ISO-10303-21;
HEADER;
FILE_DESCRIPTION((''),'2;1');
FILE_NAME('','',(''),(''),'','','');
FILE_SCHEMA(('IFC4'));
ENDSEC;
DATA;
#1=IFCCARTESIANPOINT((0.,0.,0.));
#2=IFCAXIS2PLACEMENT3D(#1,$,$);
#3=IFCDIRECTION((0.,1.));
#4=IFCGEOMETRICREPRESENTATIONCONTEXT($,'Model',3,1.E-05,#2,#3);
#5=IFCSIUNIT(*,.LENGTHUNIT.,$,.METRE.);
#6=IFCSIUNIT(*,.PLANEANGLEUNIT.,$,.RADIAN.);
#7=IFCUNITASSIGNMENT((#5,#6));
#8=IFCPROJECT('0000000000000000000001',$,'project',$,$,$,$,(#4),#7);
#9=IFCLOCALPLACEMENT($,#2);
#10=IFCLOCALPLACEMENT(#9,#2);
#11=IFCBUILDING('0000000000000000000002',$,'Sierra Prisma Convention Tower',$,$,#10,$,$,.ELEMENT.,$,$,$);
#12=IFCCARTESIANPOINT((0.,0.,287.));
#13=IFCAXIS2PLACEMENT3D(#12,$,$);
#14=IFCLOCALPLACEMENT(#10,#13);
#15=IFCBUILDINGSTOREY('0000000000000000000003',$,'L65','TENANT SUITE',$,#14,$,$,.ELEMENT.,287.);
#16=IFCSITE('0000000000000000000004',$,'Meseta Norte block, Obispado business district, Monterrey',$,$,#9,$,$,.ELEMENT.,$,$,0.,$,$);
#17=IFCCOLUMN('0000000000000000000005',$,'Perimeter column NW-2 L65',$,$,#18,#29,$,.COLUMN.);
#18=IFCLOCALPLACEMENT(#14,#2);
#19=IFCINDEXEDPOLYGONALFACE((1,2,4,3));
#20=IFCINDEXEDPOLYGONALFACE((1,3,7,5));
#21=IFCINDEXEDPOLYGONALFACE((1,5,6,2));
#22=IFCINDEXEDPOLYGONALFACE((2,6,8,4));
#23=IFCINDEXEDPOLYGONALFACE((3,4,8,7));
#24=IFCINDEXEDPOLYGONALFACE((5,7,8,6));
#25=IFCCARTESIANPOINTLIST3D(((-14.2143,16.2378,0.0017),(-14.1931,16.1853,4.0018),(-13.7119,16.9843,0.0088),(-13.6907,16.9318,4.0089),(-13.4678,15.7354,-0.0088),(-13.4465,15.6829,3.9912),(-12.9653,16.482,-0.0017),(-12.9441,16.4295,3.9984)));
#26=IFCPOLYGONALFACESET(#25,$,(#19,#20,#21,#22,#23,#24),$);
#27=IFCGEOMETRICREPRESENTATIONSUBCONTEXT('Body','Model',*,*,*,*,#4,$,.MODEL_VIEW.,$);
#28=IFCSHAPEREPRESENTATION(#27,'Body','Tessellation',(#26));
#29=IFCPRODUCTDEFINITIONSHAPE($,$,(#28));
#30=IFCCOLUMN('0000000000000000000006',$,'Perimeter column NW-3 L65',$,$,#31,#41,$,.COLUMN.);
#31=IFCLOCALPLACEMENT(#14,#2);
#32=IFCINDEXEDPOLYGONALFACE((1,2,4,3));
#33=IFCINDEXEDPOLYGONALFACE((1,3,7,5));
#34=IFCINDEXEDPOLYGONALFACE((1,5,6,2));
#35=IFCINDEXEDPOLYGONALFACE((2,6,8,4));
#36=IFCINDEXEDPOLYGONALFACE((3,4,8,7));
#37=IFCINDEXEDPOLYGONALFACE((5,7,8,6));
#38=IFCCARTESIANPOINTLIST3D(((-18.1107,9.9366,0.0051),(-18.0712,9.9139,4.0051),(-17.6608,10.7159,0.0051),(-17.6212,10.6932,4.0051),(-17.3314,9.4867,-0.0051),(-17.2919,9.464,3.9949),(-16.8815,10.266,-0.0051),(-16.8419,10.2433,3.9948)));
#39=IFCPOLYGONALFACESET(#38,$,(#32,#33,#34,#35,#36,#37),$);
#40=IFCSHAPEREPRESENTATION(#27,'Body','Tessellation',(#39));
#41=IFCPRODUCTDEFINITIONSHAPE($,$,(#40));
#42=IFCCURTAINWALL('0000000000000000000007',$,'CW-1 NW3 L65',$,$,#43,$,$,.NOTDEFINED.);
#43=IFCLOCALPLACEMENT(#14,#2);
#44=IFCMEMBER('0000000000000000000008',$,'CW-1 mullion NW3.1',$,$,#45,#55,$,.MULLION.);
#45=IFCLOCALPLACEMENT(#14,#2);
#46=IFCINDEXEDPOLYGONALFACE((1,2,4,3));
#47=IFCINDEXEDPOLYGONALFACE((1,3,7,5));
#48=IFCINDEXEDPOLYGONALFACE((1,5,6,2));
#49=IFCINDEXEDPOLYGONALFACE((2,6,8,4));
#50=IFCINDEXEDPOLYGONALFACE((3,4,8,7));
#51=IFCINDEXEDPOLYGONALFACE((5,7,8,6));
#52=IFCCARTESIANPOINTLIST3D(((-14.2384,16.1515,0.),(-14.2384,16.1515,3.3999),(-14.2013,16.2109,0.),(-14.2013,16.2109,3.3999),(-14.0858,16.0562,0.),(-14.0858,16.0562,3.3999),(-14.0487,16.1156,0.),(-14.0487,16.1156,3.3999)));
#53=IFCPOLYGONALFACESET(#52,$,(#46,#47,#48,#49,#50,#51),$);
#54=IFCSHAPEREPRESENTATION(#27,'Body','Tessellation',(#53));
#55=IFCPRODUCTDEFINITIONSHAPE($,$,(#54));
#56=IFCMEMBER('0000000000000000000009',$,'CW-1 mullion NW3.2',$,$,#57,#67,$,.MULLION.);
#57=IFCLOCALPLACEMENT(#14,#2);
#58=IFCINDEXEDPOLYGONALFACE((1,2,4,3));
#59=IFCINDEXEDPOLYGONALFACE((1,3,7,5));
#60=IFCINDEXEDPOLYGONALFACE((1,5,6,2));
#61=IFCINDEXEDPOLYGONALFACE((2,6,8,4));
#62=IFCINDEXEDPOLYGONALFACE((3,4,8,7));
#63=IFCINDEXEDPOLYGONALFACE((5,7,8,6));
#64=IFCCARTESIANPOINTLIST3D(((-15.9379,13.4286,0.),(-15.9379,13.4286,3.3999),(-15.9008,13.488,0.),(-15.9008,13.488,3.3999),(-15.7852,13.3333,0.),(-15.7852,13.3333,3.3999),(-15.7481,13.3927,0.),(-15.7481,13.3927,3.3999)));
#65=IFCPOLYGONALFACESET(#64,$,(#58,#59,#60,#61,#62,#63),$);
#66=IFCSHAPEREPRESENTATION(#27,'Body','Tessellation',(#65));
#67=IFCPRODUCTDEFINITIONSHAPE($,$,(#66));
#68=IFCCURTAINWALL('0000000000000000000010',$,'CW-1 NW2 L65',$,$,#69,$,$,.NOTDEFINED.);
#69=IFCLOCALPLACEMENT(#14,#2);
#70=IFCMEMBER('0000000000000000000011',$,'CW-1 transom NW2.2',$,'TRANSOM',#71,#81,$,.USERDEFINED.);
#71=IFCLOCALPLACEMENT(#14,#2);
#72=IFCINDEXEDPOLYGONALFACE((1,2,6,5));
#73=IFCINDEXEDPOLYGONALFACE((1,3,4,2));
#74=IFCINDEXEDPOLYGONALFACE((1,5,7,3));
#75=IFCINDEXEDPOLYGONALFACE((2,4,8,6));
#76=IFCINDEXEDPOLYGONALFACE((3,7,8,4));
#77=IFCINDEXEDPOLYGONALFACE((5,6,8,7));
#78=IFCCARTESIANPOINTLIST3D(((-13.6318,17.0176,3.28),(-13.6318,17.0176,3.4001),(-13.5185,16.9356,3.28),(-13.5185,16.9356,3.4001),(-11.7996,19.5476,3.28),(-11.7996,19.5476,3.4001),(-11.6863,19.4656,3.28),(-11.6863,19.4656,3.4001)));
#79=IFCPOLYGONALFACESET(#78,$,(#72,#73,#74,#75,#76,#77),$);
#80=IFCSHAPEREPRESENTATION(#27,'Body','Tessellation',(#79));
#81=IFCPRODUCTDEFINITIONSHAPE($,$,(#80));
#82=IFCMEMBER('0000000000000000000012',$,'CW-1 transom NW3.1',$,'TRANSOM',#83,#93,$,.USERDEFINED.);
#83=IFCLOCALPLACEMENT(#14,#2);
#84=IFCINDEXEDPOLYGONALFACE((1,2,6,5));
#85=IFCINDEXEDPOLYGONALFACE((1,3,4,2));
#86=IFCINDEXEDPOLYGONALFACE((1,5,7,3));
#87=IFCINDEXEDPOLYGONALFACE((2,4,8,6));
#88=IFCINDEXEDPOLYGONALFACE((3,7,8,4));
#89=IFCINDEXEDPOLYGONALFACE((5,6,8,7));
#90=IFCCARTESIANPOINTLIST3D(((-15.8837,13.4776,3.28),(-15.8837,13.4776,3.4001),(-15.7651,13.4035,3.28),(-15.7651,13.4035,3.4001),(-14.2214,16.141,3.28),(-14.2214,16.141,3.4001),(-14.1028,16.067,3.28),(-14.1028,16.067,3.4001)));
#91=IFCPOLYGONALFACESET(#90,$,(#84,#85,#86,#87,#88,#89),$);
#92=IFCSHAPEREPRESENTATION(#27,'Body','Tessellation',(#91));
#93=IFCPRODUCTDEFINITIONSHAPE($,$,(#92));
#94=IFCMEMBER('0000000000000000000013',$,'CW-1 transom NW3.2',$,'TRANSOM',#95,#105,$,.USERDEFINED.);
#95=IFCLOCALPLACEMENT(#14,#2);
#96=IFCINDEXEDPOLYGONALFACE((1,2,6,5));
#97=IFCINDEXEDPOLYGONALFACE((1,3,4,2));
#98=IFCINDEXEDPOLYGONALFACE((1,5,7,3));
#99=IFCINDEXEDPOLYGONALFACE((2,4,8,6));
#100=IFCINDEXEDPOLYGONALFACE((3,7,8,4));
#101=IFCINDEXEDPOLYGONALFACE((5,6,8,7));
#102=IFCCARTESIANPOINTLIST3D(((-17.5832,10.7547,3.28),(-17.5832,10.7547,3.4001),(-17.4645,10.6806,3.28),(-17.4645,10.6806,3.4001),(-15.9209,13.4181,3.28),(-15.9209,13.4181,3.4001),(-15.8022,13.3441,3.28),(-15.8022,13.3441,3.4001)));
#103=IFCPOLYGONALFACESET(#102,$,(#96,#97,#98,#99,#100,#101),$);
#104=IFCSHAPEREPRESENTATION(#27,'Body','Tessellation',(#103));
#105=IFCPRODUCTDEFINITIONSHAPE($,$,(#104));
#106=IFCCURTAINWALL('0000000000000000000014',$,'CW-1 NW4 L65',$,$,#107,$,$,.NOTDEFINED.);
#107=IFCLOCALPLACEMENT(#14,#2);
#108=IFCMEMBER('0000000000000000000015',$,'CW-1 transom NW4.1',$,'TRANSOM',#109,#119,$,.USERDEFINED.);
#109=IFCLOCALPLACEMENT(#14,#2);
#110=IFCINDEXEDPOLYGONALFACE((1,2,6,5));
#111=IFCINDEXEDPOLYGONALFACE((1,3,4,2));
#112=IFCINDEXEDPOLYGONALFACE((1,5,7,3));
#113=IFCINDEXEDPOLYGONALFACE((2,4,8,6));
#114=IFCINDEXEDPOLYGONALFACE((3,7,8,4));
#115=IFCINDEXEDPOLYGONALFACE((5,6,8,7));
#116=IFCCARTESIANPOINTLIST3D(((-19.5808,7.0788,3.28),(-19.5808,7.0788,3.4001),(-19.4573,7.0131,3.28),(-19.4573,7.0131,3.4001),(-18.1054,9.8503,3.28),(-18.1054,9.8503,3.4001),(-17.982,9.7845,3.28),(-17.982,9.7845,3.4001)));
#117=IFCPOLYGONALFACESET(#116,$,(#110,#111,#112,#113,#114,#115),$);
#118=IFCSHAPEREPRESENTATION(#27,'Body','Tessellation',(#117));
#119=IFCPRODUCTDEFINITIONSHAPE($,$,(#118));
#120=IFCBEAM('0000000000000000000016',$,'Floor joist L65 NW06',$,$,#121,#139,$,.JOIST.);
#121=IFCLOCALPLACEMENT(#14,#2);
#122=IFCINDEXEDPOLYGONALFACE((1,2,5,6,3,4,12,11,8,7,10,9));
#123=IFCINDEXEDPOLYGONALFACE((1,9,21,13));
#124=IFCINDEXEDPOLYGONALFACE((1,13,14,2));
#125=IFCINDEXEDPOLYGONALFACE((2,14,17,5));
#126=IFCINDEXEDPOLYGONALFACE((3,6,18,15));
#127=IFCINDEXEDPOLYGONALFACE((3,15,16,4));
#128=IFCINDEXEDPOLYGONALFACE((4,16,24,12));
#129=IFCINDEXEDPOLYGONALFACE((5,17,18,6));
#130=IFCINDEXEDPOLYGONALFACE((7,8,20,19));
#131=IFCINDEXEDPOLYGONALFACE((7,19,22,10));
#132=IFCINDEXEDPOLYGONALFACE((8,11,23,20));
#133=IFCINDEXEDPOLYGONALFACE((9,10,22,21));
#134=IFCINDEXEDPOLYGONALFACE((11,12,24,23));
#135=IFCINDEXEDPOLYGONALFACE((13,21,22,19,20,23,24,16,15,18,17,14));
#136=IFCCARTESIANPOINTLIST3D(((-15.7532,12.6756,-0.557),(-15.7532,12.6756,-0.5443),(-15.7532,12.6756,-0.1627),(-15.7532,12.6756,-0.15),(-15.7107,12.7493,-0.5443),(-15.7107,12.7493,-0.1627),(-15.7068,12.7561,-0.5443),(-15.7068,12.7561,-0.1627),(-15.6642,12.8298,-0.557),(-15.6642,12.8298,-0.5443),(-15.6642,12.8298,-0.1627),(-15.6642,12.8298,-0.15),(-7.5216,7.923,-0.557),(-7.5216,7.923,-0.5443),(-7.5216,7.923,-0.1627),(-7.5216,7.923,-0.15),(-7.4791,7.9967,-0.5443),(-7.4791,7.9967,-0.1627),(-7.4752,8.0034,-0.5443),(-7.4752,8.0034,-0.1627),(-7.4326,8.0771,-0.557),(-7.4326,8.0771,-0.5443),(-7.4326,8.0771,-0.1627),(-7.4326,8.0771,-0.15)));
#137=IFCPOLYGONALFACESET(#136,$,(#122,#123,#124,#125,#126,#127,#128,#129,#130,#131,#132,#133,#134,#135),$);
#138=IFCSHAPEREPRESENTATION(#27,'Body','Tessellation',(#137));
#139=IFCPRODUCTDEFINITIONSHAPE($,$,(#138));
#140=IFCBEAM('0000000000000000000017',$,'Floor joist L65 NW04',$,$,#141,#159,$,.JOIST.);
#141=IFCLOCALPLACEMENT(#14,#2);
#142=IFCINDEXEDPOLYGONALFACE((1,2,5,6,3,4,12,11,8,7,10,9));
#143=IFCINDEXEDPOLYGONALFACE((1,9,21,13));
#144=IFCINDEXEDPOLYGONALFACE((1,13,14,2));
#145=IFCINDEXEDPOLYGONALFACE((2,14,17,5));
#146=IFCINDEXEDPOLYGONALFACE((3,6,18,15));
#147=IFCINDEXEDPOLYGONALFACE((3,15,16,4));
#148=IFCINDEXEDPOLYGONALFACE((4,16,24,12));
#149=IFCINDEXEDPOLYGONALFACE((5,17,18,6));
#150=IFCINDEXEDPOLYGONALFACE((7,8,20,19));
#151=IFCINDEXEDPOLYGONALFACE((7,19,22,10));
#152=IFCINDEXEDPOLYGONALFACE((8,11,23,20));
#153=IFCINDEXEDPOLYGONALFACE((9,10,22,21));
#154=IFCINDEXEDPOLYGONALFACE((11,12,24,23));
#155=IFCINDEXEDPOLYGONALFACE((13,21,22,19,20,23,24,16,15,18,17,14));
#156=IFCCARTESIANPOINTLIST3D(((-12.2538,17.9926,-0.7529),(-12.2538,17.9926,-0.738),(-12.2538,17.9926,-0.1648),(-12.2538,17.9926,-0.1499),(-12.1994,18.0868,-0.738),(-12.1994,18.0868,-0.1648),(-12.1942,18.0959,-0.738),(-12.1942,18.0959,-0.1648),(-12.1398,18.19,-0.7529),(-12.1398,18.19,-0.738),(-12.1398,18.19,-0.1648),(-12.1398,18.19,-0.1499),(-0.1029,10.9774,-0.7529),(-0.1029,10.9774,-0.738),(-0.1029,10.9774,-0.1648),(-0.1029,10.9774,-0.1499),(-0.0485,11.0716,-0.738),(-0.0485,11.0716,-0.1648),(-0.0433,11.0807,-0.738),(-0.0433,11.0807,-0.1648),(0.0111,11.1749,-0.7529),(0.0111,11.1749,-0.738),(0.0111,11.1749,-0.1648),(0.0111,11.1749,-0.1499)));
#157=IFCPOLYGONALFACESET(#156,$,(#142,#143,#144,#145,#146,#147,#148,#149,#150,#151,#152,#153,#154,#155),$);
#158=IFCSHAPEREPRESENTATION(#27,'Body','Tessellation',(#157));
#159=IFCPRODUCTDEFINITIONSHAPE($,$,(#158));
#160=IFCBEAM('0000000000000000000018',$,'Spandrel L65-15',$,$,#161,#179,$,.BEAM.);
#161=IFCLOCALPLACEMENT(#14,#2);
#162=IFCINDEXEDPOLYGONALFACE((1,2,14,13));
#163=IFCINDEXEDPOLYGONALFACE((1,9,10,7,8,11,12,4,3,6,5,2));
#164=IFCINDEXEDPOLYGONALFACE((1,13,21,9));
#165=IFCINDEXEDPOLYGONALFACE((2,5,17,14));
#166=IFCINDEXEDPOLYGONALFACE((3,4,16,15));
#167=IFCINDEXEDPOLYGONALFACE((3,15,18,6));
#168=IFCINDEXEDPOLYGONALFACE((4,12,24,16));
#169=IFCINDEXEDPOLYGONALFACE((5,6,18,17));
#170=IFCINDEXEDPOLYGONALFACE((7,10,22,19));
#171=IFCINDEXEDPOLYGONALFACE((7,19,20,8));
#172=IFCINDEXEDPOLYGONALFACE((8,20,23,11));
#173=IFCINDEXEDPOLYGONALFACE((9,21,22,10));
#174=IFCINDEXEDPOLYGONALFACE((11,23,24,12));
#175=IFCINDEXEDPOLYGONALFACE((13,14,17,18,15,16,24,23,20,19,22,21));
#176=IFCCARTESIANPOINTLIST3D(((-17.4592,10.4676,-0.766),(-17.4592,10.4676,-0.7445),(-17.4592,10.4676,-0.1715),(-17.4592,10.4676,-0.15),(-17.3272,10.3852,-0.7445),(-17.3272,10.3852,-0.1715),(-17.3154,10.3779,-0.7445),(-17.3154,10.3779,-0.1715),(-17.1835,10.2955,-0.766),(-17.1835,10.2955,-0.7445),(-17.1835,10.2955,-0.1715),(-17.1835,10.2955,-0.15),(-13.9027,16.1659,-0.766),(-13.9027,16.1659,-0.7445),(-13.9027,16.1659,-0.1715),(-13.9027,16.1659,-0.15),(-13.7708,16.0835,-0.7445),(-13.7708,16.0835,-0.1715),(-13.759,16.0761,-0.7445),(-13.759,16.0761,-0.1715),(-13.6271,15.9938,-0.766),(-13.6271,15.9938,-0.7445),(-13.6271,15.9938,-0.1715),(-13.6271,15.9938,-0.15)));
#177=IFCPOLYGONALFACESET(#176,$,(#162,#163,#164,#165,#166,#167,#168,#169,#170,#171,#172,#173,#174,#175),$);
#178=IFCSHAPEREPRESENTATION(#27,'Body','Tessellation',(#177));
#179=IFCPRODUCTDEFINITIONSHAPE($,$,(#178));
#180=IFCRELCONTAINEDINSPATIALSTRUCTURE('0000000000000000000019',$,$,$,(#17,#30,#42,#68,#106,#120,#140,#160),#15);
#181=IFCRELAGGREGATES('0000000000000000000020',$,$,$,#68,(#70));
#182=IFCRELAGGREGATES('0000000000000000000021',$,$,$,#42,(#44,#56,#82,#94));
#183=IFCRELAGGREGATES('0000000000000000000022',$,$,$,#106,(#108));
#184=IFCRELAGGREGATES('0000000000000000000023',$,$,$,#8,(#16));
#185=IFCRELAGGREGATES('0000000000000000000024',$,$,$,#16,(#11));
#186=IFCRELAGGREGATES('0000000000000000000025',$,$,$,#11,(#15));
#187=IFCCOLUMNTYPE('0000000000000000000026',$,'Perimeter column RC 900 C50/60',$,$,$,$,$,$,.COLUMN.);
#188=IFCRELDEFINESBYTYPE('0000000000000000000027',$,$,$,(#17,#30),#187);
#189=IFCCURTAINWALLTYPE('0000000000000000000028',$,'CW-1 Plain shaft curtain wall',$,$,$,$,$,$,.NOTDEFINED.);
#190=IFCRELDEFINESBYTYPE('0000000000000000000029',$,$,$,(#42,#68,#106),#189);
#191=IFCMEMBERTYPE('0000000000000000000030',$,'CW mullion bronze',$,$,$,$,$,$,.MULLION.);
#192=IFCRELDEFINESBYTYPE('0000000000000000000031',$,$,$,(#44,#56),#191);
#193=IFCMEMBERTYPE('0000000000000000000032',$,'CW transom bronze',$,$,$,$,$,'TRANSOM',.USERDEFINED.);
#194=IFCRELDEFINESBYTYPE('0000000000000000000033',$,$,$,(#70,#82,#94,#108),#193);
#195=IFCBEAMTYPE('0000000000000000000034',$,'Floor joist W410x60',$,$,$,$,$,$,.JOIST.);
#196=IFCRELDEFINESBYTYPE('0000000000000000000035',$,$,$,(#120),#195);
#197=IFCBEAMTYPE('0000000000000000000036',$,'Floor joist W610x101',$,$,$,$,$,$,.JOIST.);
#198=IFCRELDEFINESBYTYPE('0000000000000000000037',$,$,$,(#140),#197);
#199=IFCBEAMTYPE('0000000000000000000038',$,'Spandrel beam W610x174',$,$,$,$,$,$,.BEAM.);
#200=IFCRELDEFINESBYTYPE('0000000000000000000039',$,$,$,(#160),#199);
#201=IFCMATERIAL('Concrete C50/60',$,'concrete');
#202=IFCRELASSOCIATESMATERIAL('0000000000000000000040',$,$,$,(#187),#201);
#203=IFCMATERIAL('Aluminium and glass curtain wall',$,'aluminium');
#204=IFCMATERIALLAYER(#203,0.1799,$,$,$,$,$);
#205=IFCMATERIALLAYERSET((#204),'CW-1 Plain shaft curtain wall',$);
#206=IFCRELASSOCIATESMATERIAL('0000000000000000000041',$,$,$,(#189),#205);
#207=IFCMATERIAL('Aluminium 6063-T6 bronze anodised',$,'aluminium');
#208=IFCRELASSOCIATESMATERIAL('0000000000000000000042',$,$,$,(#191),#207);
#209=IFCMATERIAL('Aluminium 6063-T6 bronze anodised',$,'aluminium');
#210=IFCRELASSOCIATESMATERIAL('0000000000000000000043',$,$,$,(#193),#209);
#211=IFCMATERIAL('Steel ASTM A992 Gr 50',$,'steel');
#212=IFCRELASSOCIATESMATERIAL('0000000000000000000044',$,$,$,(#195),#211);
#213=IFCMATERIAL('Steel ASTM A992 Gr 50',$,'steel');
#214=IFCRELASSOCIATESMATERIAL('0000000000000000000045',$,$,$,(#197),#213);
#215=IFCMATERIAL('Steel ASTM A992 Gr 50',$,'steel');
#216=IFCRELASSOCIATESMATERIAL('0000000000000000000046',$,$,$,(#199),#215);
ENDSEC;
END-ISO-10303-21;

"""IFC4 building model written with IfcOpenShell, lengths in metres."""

from ifc_helpers import new_model, si_unit, direction, frame, origin, origin_2d, place, context, subcontext, project, spatial, rectangle, i_section, extrude, material, layer, layer_set, material_profile, profile_set, type_object, element, aggregate, save


model = new_model("IFC4")

# Units and contexts
model_context = context("Model", 3, precision=1e-05, world=origin(), true_north=direction((0.0, 1.0)))
body_context = subcontext(model_context, "Body", "Model", "MODEL_VIEW")
ifc_project = project(units=[si_unit("LENGTHUNIT", "METRE"), si_unit("PLANEANGLEUNIT", "RADIAN")], contexts=[model_context])

# Site, building, storey
site_placement = place(None, origin())
site = spatial("IfcSite", under=ifc_project, at=site_placement, Name="Meseta Norte block, Obispado business district, Monterrey", CompositionType="ELEMENT", RefElevation=0.0)
building_placement = place(site_placement, origin())
building = spatial("IfcBuilding", under=site, at=building_placement, Name="Sierra Prisma Convention Tower", CompositionType="ELEMENT")
storey_placement = place(building_placement, frame((0.0, 0.0, 287.0)))
storey = spatial("IfcBuildingStorey", under=building, at=storey_placement, Name="L65", Description="TENANT SUITE", CompositionType="ELEMENT", Elevation=287.0)

# Columns
ifc_material_1 = material(Name="Concrete C50/60", Category="concrete")
ifc_material_profile_1 = material_profile(ifc_material_1, rectangle(XDim=0.8999, YDim=0.8999, at=origin_2d()), Name="Perimeter column RC 900 C50/60")
ifc_profile_set_1 = profile_set([ifc_material_profile_1], Name="Concrete C50/60")
column_type = type_object("IfcColumnType", Name="Perimeter column RC 900 C50/60", PredefinedType="COLUMN", material=ifc_profile_set_1)
column_1_placement = place(storey_placement, frame((-13.5898, 16.3599, 0.0), z_axis=(0.00531, -0.013121, 0.9999), x_axis=(0.558332, 0.829579, 0.007921)))
element("IfcColumn", 1, at=column_1_placement, inside=storey, type_object=column_type, Name="Perimeter column NW-2 L65", PredefinedType="COLUMN", context=body_context, shape_type="SweptSolid", body=[
    extrude(rectangle(XDim=0.8999, YDim=0.8999, at=origin_2d()), origin(), (0.0, 0.0, 1.0), 4.0005),
])
column_2_placement = place(storey_placement, frame((-17.4961, 10.1013, 0.0), z_axis=(0.009887, -0.005676, 0.999935), x_axis=(0.499976, 0.86604, -0.000028)))
element("IfcColumn", 2, at=column_2_placement, inside=storey, type_object=column_type, Name="Perimeter column NW-3 L65", PredefinedType="COLUMN", context=body_context, shape_type="SweptSolid", body=[
    extrude(rectangle(XDim=0.8999, YDim=0.8999, at=origin_2d()), origin(), (0.0, 0.0, 1.0), 4.0002),
])

# Curtain wall, members
ifc_material_2 = material(Name="Aluminium and glass curtain wall", Category="aluminium")
ifc_layer_1 = layer(ifc_material_2, 0.1799)
ifc_layer_set_1 = layer_set([ifc_layer_1], Name="CW-1 Plain shaft curtain wall")
curtain_wall_type = type_object("IfcCurtainWallType", Name="CW-1 Plain shaft curtain wall", PredefinedType="NOTDEFINED", material=ifc_layer_set_1)
curtain_wall_1_placement = place(storey_placement, origin())
curtain_wall_1 = element("IfcCurtainWall", 3, at=curtain_wall_1_placement, inside=storey, type_object=curtain_wall_type, Name="CW-1 NW3 L65", PredefinedType="NOTDEFINED")
ifc_material_3 = material(Name="Aluminium 6063-T6 bronze anodised", Category="aluminium")
ifc_material_profile_2 = material_profile(ifc_material_3, rectangle(XDim=0.1799, YDim=0.0701, at=origin_2d()), Name="ALU MULLION 70x180")
ifc_profile_set_2 = profile_set([ifc_material_profile_2], Name="Aluminium 6063-T6 bronze anodised")
member_type_1 = type_object("IfcMemberType", Name="CW mullion bronze", PredefinedType="MULLION", material=ifc_profile_set_2)
member_1_placement = place(storey_placement, frame((-14.1436, 16.1335, 0.0), z_axis=(0.0, 0.0, 1.0), x_axis=(0.84832, -0.529483, 0.0)))
member_1 = element("IfcMember", 4, at=member_1_placement, type_object=member_type_1, Name="CW-1 mullion NW3.1", PredefinedType="MULLION", context=body_context, shape_type="SweptSolid", body=[
    extrude(rectangle(XDim=0.1799, YDim=0.0701, at=origin_2d()), origin(), (0.0, 0.0, 1.0), 3.3999),
])
member_2_placement = place(storey_placement, frame((-15.843, 13.4106, 0.0), z_axis=(0.0, 0.0, 1.0), x_axis=(0.84832, -0.529483, 0.0)))
member_2 = element("IfcMember", 5, at=member_2_placement, type_object=member_type_1, Name="CW-1 mullion NW3.2", PredefinedType="MULLION", context=body_context, shape_type="SweptSolid", body=[
    extrude(rectangle(XDim=0.1799, YDim=0.0701, at=origin_2d()), origin(), (0.0, 0.0, 1.0), 3.3999),
])

# Curtain wall, member
curtain_wall_2_placement = place(storey_placement, origin())
curtain_wall_2 = element("IfcCurtainWall", 6, at=curtain_wall_2_placement, inside=storey, type_object=curtain_wall_type, Name="CW-1 NW2 L65", PredefinedType="NOTDEFINED")
ifc_material_4 = material(Name="Aluminium 6063-T6 bronze anodised", Category="aluminium")
ifc_material_profile_3 = material_profile(ifc_material_4, rectangle(XDim=0.1399, YDim=0.1201, at=origin_2d()), Name="ALU TRANSOM 120x140")
ifc_profile_set_3 = profile_set([ifc_material_profile_3], Name="Aluminium 6063-T6 bronze anodised")
member_type_2 = type_object("IfcMemberType", Name="CW transom bronze", ElementType="TRANSOM", PredefinedType="USERDEFINED", material=ifc_profile_set_3)
member_3_placement = place(storey_placement, frame((-11.7429, 19.5066, 3.3401), z_axis=(-0.586549, -0.809914, 0.0), x_axis=(0.809914, -0.586549, 0.0)))
member_3 = element("IfcMember", 7, at=member_3_placement, type_object=member_type_2, Name="CW-1 transom NW2.2", ObjectType="TRANSOM", PredefinedType="USERDEFINED", context=body_context, shape_type="SweptSolid", body=[
    extrude(rectangle(XDim=0.1399, YDim=0.1201, at=origin_2d()), origin(), (0.0, 0.0, 1.0), 3.1238),
])

# Members
member_4_placement = place(storey_placement, frame((-14.1621, 16.104, 3.3401), z_axis=(-0.529454, -0.848339, 0.0), x_axis=(0.848339, -0.529454, 0.0)))
member_4 = element("IfcMember", 8, at=member_4_placement, type_object=member_type_2, Name="CW-1 transom NW3.1", ObjectType="TRANSOM", PredefinedType="USERDEFINED", context=body_context, shape_type="SweptSolid", body=[
    extrude(rectangle(XDim=0.1399, YDim=0.1201, at=origin_2d()), origin(), (0.0, 0.0, 1.0), 3.1396),
])
member_5_placement = place(storey_placement, frame((-15.8616, 13.3811, 3.3401), z_axis=(-0.529454, -0.848339, 0.0), x_axis=(0.848339, -0.529454, 0.0)))
member_5 = element("IfcMember", 9, at=member_5_placement, type_object=member_type_2, Name="CW-1 transom NW3.2", ObjectType="TRANSOM", PredefinedType="USERDEFINED", context=body_context, shape_type="SweptSolid", body=[
    extrude(rectangle(XDim=0.1399, YDim=0.1201, at=origin_2d()), origin(), (0.0, 0.0, 1.0), 3.1396),
])

# Curtain wall, member
curtain_wall_3_placement = place(storey_placement, origin())
curtain_wall_3 = element("IfcCurtainWall", 10, at=curtain_wall_3_placement, inside=storey, type_object=curtain_wall_type, Name="CW-1 NW4 L65", PredefinedType="NOTDEFINED")
member_6_placement = place(storey_placement, frame((-18.0437, 9.8174, 3.3401), z_axis=(-0.469898, -0.882721, 0.0), x_axis=(0.882721, -0.469898, 0.0)))
member_6 = element("IfcMember", 11, at=member_6_placement, type_object=member_type_2, Name="CW-1 transom NW4.1", ObjectType="TRANSOM", PredefinedType="USERDEFINED", context=body_context, shape_type="SweptSolid", body=[
    extrude(rectangle(XDim=0.1399, YDim=0.1201, at=origin_2d()), origin(), (0.0, 0.0, 1.0), 3.1396),
])

# Beams
ifc_material_5 = material(Name="Steel ASTM A992 Gr 50", Category="steel")
ifc_material_profile_4 = material_profile(ifc_material_5, i_section(OverallWidth=0.178, OverallDepth=0.407, WebThickness=0.0078, FlangeThickness=0.0127, at=origin_2d()), Name="W410x60")
ifc_profile_set_4 = profile_set([ifc_material_profile_4], Name="Steel ASTM A992 Gr 50")
beam_type_1 = type_object("IfcBeamType", Name="Floor joist W410x60", PredefinedType="JOIST", material=ifc_profile_set_4)
beam_1_placement = place(storey_placement, frame((-15.7087, 12.7527, -0.3535), z_axis=(0.86602, -0.500009, 0.0), x_axis=(0.500009, 0.86602, 0.0)))
element("IfcBeam", 12, at=beam_1_placement, inside=storey, type_object=beam_type_1, Name="Floor joist L65 NW06", PredefinedType="JOIST", context=body_context, shape_type="SweptSolid", body=[
    extrude(i_section(OverallWidth=0.178, OverallDepth=0.407, WebThickness=0.0078, FlangeThickness=0.0127, at=origin_2d()), origin(), (0.0, 0.0, 1.0), 9.5051),
])
ifc_material_6 = material(Name="Steel ASTM A992 Gr 50", Category="steel")
ifc_material_profile_5 = material_profile(ifc_material_6, i_section(OverallWidth=0.228, OverallDepth=0.603, WebThickness=0.0105, FlangeThickness=0.0149, at=origin_2d()), Name="W610x101")
ifc_profile_set_5 = profile_set([ifc_material_profile_5], Name="Steel ASTM A992 Gr 50")
beam_type_2 = type_object("IfcBeamType", Name="Floor joist W610x101", PredefinedType="JOIST", material=ifc_profile_set_5)
beam_2_placement = place(storey_placement, frame((-12.1968, 18.0913, -0.4514), z_axis=(0.866031, -0.499991, 0.0), x_axis=(0.499991, 0.866031, 0.0)))
element("IfcBeam", 13, at=beam_2_placement, inside=storey, type_object=beam_type_2, Name="Floor joist L65 NW04", PredefinedType="JOIST", context=body_context, shape_type="SweptSolid", body=[
    extrude(i_section(OverallWidth=0.228, OverallDepth=0.603, WebThickness=0.0105, FlangeThickness=0.0149, at=origin_2d()), origin(), (0.0, 0.0, 1.0), 14.0305),
])
ifc_material_7 = material(Name="Steel ASTM A992 Gr 50", Category="steel")
ifc_material_profile_6 = material_profile(ifc_material_7, i_section(OverallWidth=0.325, OverallDepth=0.616, WebThickness=0.0139, FlangeThickness=0.0215, at=origin_2d()), Name="W610x174")
ifc_profile_set_6 = profile_set([ifc_material_profile_6], Name="Steel ASTM A992 Gr 50")
beam_type_3 = type_object("IfcBeamType", Name="Spandrel beam W610x174", PredefinedType="BEAM", material=ifc_profile_set_6)
beam_3_placement = place(storey_placement, frame((-13.7649, 16.0798, -0.458), z_axis=(-0.529463, -0.848333, 0.0), x_axis=(0.848333, -0.529463, 0.0)))
element("IfcBeam", 14, at=beam_3_placement, inside=storey, type_object=beam_type_3, Name="Spandrel L65-15", PredefinedType="BEAM", context=body_context, shape_type="SweptSolid", body=[
    extrude(i_section(OverallWidth=0.325, OverallDepth=0.616, WebThickness=0.0139, FlangeThickness=0.0215, at=origin_2d()), origin(), (0.0, 0.0, 1.0), 6.717),
])

aggregate(curtain_wall_2, [member_3])
aggregate(curtain_wall_1, [member_1, member_2, member_4, member_5])
aggregate(curtain_wall_3, [member_6])

save(model, "model.ifc")
